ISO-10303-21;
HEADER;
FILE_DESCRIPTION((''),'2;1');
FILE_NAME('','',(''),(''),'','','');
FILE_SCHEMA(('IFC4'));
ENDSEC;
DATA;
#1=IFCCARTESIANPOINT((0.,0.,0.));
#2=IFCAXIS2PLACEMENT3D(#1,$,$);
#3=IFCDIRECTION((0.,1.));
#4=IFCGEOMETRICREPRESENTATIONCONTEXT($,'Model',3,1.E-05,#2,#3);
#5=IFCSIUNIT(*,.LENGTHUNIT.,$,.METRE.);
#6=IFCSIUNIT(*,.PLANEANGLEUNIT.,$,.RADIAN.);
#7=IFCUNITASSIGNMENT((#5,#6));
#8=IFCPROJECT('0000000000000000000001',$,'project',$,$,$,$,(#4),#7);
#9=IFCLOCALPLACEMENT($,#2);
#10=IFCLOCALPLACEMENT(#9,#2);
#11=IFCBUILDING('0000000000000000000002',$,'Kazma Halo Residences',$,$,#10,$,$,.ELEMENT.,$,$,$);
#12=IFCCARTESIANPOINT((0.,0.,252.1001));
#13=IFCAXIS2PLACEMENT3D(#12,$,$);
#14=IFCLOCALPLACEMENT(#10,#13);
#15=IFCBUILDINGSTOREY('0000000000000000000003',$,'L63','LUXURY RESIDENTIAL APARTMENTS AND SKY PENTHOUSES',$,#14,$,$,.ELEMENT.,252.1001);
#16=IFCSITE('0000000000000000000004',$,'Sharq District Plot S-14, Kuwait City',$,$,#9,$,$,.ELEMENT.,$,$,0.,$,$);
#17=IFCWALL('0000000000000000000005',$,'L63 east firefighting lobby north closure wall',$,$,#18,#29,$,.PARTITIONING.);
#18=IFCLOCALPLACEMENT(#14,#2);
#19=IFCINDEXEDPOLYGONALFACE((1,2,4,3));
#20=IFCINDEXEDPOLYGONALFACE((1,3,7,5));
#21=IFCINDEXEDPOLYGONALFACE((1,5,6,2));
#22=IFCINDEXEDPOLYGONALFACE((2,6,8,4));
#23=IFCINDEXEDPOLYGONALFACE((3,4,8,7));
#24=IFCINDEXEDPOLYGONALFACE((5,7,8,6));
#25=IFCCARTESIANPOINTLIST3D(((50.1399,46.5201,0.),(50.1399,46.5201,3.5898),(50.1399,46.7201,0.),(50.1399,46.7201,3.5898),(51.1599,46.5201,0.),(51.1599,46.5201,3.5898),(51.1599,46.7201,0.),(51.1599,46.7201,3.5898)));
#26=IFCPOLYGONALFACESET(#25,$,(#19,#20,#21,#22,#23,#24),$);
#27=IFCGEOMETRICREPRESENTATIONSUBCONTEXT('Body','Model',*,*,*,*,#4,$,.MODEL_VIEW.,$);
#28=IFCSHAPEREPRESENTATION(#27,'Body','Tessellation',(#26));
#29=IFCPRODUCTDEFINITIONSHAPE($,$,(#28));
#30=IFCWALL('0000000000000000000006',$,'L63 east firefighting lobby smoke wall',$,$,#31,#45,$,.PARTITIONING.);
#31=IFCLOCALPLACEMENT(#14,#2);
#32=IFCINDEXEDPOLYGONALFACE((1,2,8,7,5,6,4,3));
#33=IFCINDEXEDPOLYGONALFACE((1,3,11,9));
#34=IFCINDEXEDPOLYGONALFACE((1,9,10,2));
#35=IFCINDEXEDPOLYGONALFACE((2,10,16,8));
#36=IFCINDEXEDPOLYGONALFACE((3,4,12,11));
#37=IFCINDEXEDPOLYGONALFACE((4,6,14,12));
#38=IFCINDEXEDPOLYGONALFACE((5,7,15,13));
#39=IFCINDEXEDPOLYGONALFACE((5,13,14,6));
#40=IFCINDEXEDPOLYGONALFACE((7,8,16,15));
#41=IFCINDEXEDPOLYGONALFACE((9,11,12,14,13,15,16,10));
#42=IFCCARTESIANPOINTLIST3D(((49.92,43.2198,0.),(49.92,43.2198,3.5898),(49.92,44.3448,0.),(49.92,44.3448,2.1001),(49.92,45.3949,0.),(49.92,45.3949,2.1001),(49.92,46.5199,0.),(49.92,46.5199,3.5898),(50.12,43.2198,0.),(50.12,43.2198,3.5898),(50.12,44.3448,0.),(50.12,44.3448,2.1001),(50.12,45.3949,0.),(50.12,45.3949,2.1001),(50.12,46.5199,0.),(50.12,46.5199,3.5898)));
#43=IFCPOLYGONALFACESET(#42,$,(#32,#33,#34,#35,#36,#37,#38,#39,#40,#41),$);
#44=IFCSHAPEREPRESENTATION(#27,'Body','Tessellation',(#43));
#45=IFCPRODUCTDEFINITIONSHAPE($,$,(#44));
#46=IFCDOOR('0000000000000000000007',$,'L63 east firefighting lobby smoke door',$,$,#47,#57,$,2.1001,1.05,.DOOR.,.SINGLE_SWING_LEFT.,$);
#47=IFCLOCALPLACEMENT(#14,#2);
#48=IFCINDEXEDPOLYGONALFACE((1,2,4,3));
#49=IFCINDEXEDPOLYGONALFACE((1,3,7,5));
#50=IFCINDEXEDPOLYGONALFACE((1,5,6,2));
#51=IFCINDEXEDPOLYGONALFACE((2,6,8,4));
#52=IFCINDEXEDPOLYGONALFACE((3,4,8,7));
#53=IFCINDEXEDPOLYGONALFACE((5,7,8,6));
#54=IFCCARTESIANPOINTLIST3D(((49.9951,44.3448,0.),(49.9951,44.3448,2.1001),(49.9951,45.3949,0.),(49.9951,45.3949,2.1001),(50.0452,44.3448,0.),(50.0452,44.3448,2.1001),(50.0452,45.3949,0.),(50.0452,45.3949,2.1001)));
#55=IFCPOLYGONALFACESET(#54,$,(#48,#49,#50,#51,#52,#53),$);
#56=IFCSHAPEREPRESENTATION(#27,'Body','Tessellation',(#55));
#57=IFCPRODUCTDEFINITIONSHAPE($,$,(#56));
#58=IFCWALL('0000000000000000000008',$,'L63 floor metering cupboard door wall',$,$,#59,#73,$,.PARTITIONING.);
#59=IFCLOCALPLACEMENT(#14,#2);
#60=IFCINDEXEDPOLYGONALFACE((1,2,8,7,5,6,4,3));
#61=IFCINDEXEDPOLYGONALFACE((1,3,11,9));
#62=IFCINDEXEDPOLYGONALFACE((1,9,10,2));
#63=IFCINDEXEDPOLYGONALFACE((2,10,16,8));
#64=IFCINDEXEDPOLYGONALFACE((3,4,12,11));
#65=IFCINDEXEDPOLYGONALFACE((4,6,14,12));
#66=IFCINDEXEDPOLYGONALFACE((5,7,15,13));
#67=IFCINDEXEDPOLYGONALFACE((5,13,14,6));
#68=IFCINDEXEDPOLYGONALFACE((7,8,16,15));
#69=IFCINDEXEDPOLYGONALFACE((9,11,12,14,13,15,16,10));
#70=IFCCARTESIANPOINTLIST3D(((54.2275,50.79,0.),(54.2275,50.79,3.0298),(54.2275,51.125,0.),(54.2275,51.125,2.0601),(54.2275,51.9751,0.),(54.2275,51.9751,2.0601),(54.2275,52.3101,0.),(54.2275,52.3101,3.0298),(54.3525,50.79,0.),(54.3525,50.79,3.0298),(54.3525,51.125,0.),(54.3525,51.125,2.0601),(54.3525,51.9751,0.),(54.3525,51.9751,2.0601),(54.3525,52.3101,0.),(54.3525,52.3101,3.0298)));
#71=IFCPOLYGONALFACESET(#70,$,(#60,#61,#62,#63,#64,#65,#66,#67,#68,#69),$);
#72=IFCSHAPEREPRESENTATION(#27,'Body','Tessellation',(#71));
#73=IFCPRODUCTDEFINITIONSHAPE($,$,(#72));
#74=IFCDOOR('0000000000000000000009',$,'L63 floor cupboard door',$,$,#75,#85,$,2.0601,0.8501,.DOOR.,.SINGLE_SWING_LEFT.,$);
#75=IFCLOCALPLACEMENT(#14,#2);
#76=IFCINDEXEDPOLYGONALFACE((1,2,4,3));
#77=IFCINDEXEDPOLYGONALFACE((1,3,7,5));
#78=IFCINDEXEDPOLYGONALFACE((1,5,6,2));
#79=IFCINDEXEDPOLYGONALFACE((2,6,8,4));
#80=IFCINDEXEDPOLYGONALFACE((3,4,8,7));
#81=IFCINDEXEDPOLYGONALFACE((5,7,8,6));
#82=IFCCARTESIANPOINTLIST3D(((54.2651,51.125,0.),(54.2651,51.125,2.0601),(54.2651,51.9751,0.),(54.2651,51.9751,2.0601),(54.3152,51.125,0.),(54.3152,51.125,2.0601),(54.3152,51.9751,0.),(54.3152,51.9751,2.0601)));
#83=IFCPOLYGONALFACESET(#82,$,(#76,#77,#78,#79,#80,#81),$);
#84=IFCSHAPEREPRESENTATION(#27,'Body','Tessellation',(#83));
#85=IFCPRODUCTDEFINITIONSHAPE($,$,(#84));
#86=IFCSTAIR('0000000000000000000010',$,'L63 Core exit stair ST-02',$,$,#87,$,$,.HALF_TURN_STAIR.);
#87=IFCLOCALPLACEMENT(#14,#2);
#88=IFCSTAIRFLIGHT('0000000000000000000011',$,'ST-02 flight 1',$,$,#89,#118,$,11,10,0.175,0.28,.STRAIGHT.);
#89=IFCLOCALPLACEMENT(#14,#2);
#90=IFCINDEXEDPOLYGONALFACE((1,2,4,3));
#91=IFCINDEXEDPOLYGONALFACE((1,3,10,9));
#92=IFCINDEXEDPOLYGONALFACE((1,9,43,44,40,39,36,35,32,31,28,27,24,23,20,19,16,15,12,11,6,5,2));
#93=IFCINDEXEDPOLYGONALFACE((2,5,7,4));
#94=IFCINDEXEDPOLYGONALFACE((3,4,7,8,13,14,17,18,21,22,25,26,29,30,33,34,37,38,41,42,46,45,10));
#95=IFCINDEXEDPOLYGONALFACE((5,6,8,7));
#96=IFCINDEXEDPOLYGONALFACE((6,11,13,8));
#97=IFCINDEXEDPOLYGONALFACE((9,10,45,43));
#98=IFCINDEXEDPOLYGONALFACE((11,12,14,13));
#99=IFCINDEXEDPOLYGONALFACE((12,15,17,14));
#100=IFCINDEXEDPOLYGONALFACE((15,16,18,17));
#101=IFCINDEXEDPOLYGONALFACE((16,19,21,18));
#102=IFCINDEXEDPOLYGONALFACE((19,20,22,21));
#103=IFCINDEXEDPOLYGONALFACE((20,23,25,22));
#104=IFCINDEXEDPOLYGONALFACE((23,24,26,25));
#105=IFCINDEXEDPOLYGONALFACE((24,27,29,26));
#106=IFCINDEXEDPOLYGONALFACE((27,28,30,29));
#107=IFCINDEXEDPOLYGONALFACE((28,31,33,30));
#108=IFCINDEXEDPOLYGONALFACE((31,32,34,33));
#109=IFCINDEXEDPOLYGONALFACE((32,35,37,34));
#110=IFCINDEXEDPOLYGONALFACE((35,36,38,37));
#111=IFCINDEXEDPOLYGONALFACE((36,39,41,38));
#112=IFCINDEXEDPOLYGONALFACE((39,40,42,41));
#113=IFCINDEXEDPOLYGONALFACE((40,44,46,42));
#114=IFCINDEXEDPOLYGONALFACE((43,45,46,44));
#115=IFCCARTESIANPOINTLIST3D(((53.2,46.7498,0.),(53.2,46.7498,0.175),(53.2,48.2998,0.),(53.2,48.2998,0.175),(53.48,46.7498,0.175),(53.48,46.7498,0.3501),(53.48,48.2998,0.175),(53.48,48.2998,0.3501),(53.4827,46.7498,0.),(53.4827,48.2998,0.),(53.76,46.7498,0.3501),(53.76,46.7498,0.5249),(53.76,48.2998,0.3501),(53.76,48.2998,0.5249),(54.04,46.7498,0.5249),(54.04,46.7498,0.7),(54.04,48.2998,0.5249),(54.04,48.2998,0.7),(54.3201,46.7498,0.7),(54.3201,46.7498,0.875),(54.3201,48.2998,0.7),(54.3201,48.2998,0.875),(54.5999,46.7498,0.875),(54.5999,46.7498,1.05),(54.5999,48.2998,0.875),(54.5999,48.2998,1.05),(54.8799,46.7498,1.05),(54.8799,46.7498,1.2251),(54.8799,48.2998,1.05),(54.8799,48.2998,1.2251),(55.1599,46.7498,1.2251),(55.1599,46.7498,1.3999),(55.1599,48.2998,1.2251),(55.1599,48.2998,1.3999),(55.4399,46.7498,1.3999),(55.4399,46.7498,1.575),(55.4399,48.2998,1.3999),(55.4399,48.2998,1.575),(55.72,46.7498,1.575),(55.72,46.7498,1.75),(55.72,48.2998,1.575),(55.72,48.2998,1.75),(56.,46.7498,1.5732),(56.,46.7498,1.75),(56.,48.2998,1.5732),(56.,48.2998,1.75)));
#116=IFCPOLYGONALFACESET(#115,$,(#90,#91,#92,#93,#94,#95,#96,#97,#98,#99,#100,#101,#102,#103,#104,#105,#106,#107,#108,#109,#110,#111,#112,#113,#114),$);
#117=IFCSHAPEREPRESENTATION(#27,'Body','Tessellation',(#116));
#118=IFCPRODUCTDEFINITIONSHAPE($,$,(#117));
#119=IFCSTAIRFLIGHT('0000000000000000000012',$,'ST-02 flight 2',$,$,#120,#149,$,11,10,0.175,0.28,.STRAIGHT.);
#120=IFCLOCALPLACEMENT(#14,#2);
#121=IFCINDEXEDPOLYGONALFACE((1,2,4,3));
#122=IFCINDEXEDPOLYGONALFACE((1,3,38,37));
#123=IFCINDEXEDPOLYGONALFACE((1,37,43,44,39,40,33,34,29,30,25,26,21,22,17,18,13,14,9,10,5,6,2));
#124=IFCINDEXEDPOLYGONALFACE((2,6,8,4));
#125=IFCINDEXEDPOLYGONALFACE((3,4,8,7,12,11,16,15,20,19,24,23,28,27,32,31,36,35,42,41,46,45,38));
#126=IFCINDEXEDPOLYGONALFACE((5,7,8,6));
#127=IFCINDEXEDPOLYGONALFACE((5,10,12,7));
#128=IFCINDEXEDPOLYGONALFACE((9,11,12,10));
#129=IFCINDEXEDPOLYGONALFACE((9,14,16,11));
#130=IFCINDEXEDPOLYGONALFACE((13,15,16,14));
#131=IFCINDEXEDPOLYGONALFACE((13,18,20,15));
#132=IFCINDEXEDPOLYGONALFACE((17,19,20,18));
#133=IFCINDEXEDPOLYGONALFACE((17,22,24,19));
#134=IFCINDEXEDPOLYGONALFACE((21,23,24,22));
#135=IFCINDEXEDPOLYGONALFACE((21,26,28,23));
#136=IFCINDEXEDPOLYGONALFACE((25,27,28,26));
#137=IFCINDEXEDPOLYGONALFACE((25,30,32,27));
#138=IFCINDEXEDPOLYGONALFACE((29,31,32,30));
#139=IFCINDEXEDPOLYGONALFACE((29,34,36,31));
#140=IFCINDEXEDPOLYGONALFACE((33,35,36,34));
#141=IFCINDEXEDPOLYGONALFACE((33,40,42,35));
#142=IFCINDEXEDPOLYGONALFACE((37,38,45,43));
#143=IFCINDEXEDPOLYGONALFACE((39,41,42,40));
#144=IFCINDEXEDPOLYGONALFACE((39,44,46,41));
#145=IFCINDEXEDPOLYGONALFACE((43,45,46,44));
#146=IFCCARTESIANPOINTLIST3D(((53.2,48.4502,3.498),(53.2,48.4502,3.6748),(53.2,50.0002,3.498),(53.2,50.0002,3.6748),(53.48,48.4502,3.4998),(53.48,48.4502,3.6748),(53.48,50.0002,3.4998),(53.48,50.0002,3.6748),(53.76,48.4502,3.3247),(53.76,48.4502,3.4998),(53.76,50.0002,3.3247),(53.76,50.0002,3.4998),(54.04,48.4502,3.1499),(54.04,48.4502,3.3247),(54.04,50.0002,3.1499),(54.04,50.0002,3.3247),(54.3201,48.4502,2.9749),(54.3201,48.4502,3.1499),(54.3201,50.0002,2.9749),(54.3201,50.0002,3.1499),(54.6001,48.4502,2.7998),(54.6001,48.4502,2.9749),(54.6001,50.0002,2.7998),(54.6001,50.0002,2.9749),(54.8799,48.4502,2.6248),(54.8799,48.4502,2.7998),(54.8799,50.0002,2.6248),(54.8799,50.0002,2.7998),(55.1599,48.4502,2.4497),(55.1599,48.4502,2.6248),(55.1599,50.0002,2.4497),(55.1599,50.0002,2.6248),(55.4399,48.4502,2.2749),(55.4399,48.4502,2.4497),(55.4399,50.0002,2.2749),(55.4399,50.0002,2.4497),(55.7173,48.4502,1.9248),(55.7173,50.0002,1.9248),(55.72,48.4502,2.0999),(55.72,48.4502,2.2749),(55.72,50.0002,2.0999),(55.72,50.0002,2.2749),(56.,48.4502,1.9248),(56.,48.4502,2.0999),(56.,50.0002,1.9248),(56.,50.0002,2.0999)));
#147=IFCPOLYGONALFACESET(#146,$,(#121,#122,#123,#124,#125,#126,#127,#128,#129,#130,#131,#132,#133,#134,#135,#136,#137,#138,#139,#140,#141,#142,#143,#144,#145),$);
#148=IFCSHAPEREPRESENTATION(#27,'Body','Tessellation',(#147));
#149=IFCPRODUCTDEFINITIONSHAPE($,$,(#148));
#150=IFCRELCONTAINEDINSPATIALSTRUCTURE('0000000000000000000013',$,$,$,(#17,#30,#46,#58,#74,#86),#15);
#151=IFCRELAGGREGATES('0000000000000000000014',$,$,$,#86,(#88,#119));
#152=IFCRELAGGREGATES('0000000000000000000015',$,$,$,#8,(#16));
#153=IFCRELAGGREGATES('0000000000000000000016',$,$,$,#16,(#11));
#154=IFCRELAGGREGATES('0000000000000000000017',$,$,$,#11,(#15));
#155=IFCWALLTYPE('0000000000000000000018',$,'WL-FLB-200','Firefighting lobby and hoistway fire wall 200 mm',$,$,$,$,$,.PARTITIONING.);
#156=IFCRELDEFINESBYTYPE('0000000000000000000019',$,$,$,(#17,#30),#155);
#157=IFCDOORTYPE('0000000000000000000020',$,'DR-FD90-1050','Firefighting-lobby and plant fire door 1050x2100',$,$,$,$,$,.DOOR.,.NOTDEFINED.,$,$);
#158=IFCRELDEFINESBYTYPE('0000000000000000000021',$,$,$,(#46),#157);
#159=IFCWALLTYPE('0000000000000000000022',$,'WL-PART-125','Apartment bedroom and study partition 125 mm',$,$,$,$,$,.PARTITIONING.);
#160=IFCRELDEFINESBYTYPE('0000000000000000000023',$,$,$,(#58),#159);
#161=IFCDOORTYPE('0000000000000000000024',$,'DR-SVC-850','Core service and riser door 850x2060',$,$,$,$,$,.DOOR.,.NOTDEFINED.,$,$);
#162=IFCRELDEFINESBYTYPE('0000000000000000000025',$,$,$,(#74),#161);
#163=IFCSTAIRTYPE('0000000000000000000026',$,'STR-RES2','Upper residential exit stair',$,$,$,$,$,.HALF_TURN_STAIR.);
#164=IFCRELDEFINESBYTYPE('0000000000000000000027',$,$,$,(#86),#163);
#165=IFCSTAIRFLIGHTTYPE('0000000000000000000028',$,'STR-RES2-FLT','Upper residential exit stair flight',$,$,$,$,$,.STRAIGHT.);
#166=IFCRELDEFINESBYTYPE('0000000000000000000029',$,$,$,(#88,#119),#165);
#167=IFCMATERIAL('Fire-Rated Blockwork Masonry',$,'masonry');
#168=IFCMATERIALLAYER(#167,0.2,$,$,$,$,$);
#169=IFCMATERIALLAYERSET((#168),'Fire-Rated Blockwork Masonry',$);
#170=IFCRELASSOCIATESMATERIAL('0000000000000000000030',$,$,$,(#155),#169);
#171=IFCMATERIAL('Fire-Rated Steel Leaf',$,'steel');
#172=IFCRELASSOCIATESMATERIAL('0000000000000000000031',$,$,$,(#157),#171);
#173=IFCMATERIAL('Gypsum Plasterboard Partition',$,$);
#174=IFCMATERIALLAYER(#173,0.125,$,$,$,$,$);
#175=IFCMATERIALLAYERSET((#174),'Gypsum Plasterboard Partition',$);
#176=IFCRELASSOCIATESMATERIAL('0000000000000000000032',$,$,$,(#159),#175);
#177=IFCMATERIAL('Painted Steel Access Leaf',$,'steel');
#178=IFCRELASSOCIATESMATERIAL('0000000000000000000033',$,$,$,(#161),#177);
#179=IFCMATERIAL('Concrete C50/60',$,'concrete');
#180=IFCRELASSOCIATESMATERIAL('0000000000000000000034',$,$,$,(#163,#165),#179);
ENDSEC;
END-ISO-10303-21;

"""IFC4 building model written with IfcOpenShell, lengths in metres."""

from ifc_helpers import new_model, si_unit, direction, frame, frame_2d, origin, place, context, subcontext, project, spatial, polyline, rectangle, outline, extrude, material, layer, layer_set, type_object, element, fill, aggregate, save


model = new_model("IFC4")

# Units and contexts
model_context = context("Model", 3, precision=1e-05, world=origin(), true_north=direction((0.0, 1.0)))
body_context = subcontext(model_context, "Body", "Model", "MODEL_VIEW")
ifc_project = project(units=[si_unit("LENGTHUNIT", "METRE"), si_unit("PLANEANGLEUNIT", "RADIAN")], contexts=[model_context])

# Site, building, storey
site_placement = place(None, origin())
site = spatial("IfcSite", under=ifc_project, at=site_placement, Name="Sharq District Plot S-14, Kuwait City", CompositionType="ELEMENT", RefElevation=0.0)
building_placement = place(site_placement, origin())
building = spatial("IfcBuilding", under=site, at=building_placement, Name="Kazma Halo Residences", CompositionType="ELEMENT")
storey_placement = place(building_placement, frame((0.0, 0.0, 252.1001)))
storey = spatial("IfcBuildingStorey", under=building, at=storey_placement, Name="L63", Description="LUXURY RESIDENTIAL APARTMENTS AND SKY PENTHOUSES", CompositionType="ELEMENT", Elevation=252.1001)

# Shared definitions
ifc_material_1 = material(Name="Fire-Rated Blockwork Masonry", Category="masonry")
ifc_layer_1 = layer(ifc_material_1, 0.2)
ifc_layer_set_1 = layer_set([ifc_layer_1], Name="Fire-Rated Blockwork Masonry")
wall_type_1 = type_object("IfcWallType", Name="WL-FLB-200", Description="Firefighting lobby and hoistway fire wall 200 mm", PredefinedType="PARTITIONING", material=ifc_layer_set_1)

# Wall
wall_1_placement = place(storey_placement, frame((50.1399, 46.6201, 0.0), z_axis=(0.0, 0.0, 1.0), x_axis=(1.0, 0.0, 0.0)))
element("IfcWall", 1, at=wall_1_placement, inside=storey, type_object=wall_type_1, Name="L63 east firefighting lobby north closure wall", PredefinedType="PARTITIONING", context=body_context, shape_type="SweptSolid", body=[
    extrude(rectangle(XDim=1.02, YDim=0.2, at=frame_2d((0.51, 0.0))), origin(), (0.0, 0.0, 1.0), 3.5898),
])

# Walls, openings, doors
wall_2_placement = place(storey_placement, frame((50.02, 43.22, 0.0), z_axis=(0.0, 0.0, 1.0), x_axis=(0.0, 1.0, 0.0)))
wall_2 = element("IfcWall", 2, at=wall_2_placement, inside=storey, type_object=wall_type_1, Name="L63 east firefighting lobby smoke wall", PredefinedType="PARTITIONING", context=body_context, shape_type="SweptSolid", body=[
    extrude(rectangle(XDim=3.3, YDim=0.2, at=frame_2d((1.6499, 0.0))), origin(), (0.0, 0.0, 1.0), 3.5898),
])
opening_1_placement = place(wall_2_placement, frame((1.125, 0.0, 0.0)))
opening_1 = element("IfcOpeningElement", 3, at=opening_1_placement, cuts=wall_2, PredefinedType="OPENING", context=body_context, shape_type="SweptSolid", body=[
    extrude(rectangle(XDim=1.05, YDim=2.1001, at=frame_2d((0.5249, 1.05))), frame((0.0, 0.1099, 0.0), z_axis=(0.0, -1.0, 0.0), x_axis=(1.0, 0.0, 0.0)), (0.0, 0.0, 1.0), 0.22),
])
ifc_material_2 = material(Name="Fire-Rated Steel Leaf", Category="steel")
door_type_1 = type_object("IfcDoorType", Name="DR-FD90-1050", Description="Firefighting-lobby and plant fire door 1050x2100", OperationType="NOTDEFINED", PredefinedType="DOOR", material=ifc_material_2)
door_1_placement = place(opening_1_placement, origin())
door_1 = element("IfcDoor", 4, at=door_1_placement, inside=storey, type_object=door_type_1, Name="L63 east firefighting lobby smoke door", OperationType="SINGLE_SWING_LEFT", OverallHeight=2.1001, OverallWidth=1.05, PredefinedType="DOOR", context=body_context, shape_type="SweptSolid", body=[
    extrude(rectangle(XDim=1.05, YDim=2.1001, at=frame_2d((0.5249, 1.05))), frame((0.0, 0.0249, 0.0), z_axis=(0.0, -1.0, 0.0), x_axis=(1.0, 0.0, 0.0)), (0.0, 0.0, 1.0), 0.05),
])
fill(opening_1, door_1)
ifc_material_3 = material(Name="Gypsum Plasterboard Partition")
ifc_layer_2 = layer(ifc_material_3, 0.125)
ifc_layer_set_2 = layer_set([ifc_layer_2], Name="Gypsum Plasterboard Partition")
wall_type_2 = type_object("IfcWallType", Name="WL-PART-125", Description="Apartment bedroom and study partition 125 mm", PredefinedType="PARTITIONING", material=ifc_layer_set_2)
wall_3_placement = place(storey_placement, frame((54.29, 50.79, 0.0), z_axis=(0.0, 0.0, 1.0), x_axis=(0.0, 1.0, 0.0)))
wall_3 = element("IfcWall", 5, at=wall_3_placement, inside=storey, type_object=wall_type_2, Name="L63 floor metering cupboard door wall", PredefinedType="PARTITIONING", context=body_context, shape_type="SweptSolid", body=[
    extrude(rectangle(XDim=1.52, YDim=0.125, at=frame_2d((0.76, 0.0))), origin(), (0.0, 0.0, 1.0), 3.0298),
])
opening_2_placement = place(wall_3_placement, frame((0.335, 0.0, 0.0)))
opening_2 = element("IfcOpeningElement", 6, at=opening_2_placement, cuts=wall_3, PredefinedType="OPENING", context=body_context, shape_type="SweptSolid", body=[
    extrude(rectangle(XDim=0.8501, YDim=2.0601, at=frame_2d((0.425, 1.03))), frame((0.0, 0.0725, 0.0), z_axis=(0.0, -1.0, 0.0), x_axis=(1.0, 0.0, 0.0)), (0.0, 0.0, 1.0), 0.145),
])
ifc_material_4 = material(Name="Painted Steel Access Leaf", Category="steel")
door_type_2 = type_object("IfcDoorType", Name="DR-SVC-850", Description="Core service and riser door 850x2060", OperationType="NOTDEFINED", PredefinedType="DOOR", material=ifc_material_4)
door_2_placement = place(opening_2_placement, origin())
door_2 = element("IfcDoor", 7, at=door_2_placement, inside=storey, type_object=door_type_2, Name="L63 floor cupboard door", OperationType="SINGLE_SWING_LEFT", OverallHeight=2.0601, OverallWidth=0.8501, PredefinedType="DOOR", context=body_context, shape_type="SweptSolid", body=[
    extrude(rectangle(XDim=0.8501, YDim=2.0601, at=frame_2d((0.425, 1.03))), frame((0.0, 0.0249, 0.0), z_axis=(0.0, -1.0, 0.0), x_axis=(1.0, 0.0, 0.0)), (0.0, 0.0, 1.0), 0.05),
])
fill(opening_2, door_2)
ifc_material_5 = material(Name="Concrete C50/60", Category="concrete")

# Stair, stair flights
stair_type = type_object("IfcStairType", Name="STR-RES2", Description="Upper residential exit stair", PredefinedType="HALF_TURN_STAIR", material=ifc_material_5)
stair_placement = place(storey_placement, origin())
stair = element("IfcStair", 8, at=stair_placement, inside=storey, type_object=stair_type, Name="L63 Core exit stair ST-02", PredefinedType="HALF_TURN_STAIR")
stair_flight_type = type_object("IfcStairFlightType", Name="STR-RES2-FLT", Description="Upper residential exit stair flight", PredefinedType="STRAIGHT", material=ifc_material_5)
stair_flight_1_placement = place(storey_placement, frame((53.2, 47.5249, 0.0), z_axis=(0.0, 0.0, 1.0), x_axis=(1.0, 0.0, 0.0)))
stair_flight_1 = element("IfcStairFlight", 9, at=stair_flight_1_placement, type_object=stair_flight_type, Name="ST-02 flight 1", NumberOfRisers=11, NumberOfTreads=10, PredefinedType="STRAIGHT", RiserHeight=0.175, TreadLength=0.28, context=body_context, shape_type="SweptSolid", body=[
    extrude(outline(polyline([(0.0, 0.0), (0.0, 0.175), (0.28, 0.175), (0.28, 0.3501), (0.5601, 0.3501), (0.5601, 0.5249), (0.8401, 0.5249), (0.8401, 0.7), (1.1201, 0.7), (1.1201, 0.875), (1.3999, 0.875), (1.3999, 1.05), (1.6799, 1.05), (1.6799, 1.2251), (1.96, 1.2251), (1.96, 1.3999), (2.24, 1.3999), (2.24, 1.575), (2.52, 1.575), (2.52, 1.75), (2.8, 1.75), (2.8, 1.925), (2.8, 1.5732), (0.2827, 0.0), (0.0, 0.0)])), frame((0.0, 0.7749, 0.0), z_axis=(0.0, -1.0, 0.0), x_axis=(1.0, 0.0, 0.0)), (0.0, 0.0, 1.0), 1.55),
])
stair_flight_2_placement = place(storey_placement, frame((56.0, 49.2251, 1.9248), z_axis=(0.0, 0.0, 1.0), x_axis=(-1.0, 0.0, 0.0)))
stair_flight_2 = element("IfcStairFlight", 10, at=stair_flight_2_placement, type_object=stair_flight_type, Name="ST-02 flight 2", NumberOfRisers=11, NumberOfTreads=10, PredefinedType="STRAIGHT", RiserHeight=0.175, TreadLength=0.28, context=body_context, shape_type="SweptSolid", body=[
    extrude(outline(polyline([(0.0, 0.0), (0.0, 0.175), (0.28, 0.175), (0.28, 0.3501), (0.5601, 0.3501), (0.5601, 0.5249), (0.8401, 0.5249), (0.8401, 0.7), (1.1201, 0.7), (1.1201, 0.875), (1.3999, 0.875), (1.3999, 1.05), (1.6799, 1.05), (1.6799, 1.2251), (1.96, 1.2251), (1.96, 1.3999), (2.24, 1.3999), (2.24, 1.575), (2.52, 1.575), (2.52, 1.75), (2.8, 1.75), (2.8, 1.925), (2.8, 1.5732), (0.2827, 0.0), (0.0, 0.0)])), frame((0.0, 0.7749, 0.0), z_axis=(0.0, -1.0, 0.0), x_axis=(1.0, 0.0, 0.0)), (0.0, 0.0, 1.0), 1.55),
])
aggregate(stair, [stair_flight_1, stair_flight_2])

save(model, "model.ifc")
